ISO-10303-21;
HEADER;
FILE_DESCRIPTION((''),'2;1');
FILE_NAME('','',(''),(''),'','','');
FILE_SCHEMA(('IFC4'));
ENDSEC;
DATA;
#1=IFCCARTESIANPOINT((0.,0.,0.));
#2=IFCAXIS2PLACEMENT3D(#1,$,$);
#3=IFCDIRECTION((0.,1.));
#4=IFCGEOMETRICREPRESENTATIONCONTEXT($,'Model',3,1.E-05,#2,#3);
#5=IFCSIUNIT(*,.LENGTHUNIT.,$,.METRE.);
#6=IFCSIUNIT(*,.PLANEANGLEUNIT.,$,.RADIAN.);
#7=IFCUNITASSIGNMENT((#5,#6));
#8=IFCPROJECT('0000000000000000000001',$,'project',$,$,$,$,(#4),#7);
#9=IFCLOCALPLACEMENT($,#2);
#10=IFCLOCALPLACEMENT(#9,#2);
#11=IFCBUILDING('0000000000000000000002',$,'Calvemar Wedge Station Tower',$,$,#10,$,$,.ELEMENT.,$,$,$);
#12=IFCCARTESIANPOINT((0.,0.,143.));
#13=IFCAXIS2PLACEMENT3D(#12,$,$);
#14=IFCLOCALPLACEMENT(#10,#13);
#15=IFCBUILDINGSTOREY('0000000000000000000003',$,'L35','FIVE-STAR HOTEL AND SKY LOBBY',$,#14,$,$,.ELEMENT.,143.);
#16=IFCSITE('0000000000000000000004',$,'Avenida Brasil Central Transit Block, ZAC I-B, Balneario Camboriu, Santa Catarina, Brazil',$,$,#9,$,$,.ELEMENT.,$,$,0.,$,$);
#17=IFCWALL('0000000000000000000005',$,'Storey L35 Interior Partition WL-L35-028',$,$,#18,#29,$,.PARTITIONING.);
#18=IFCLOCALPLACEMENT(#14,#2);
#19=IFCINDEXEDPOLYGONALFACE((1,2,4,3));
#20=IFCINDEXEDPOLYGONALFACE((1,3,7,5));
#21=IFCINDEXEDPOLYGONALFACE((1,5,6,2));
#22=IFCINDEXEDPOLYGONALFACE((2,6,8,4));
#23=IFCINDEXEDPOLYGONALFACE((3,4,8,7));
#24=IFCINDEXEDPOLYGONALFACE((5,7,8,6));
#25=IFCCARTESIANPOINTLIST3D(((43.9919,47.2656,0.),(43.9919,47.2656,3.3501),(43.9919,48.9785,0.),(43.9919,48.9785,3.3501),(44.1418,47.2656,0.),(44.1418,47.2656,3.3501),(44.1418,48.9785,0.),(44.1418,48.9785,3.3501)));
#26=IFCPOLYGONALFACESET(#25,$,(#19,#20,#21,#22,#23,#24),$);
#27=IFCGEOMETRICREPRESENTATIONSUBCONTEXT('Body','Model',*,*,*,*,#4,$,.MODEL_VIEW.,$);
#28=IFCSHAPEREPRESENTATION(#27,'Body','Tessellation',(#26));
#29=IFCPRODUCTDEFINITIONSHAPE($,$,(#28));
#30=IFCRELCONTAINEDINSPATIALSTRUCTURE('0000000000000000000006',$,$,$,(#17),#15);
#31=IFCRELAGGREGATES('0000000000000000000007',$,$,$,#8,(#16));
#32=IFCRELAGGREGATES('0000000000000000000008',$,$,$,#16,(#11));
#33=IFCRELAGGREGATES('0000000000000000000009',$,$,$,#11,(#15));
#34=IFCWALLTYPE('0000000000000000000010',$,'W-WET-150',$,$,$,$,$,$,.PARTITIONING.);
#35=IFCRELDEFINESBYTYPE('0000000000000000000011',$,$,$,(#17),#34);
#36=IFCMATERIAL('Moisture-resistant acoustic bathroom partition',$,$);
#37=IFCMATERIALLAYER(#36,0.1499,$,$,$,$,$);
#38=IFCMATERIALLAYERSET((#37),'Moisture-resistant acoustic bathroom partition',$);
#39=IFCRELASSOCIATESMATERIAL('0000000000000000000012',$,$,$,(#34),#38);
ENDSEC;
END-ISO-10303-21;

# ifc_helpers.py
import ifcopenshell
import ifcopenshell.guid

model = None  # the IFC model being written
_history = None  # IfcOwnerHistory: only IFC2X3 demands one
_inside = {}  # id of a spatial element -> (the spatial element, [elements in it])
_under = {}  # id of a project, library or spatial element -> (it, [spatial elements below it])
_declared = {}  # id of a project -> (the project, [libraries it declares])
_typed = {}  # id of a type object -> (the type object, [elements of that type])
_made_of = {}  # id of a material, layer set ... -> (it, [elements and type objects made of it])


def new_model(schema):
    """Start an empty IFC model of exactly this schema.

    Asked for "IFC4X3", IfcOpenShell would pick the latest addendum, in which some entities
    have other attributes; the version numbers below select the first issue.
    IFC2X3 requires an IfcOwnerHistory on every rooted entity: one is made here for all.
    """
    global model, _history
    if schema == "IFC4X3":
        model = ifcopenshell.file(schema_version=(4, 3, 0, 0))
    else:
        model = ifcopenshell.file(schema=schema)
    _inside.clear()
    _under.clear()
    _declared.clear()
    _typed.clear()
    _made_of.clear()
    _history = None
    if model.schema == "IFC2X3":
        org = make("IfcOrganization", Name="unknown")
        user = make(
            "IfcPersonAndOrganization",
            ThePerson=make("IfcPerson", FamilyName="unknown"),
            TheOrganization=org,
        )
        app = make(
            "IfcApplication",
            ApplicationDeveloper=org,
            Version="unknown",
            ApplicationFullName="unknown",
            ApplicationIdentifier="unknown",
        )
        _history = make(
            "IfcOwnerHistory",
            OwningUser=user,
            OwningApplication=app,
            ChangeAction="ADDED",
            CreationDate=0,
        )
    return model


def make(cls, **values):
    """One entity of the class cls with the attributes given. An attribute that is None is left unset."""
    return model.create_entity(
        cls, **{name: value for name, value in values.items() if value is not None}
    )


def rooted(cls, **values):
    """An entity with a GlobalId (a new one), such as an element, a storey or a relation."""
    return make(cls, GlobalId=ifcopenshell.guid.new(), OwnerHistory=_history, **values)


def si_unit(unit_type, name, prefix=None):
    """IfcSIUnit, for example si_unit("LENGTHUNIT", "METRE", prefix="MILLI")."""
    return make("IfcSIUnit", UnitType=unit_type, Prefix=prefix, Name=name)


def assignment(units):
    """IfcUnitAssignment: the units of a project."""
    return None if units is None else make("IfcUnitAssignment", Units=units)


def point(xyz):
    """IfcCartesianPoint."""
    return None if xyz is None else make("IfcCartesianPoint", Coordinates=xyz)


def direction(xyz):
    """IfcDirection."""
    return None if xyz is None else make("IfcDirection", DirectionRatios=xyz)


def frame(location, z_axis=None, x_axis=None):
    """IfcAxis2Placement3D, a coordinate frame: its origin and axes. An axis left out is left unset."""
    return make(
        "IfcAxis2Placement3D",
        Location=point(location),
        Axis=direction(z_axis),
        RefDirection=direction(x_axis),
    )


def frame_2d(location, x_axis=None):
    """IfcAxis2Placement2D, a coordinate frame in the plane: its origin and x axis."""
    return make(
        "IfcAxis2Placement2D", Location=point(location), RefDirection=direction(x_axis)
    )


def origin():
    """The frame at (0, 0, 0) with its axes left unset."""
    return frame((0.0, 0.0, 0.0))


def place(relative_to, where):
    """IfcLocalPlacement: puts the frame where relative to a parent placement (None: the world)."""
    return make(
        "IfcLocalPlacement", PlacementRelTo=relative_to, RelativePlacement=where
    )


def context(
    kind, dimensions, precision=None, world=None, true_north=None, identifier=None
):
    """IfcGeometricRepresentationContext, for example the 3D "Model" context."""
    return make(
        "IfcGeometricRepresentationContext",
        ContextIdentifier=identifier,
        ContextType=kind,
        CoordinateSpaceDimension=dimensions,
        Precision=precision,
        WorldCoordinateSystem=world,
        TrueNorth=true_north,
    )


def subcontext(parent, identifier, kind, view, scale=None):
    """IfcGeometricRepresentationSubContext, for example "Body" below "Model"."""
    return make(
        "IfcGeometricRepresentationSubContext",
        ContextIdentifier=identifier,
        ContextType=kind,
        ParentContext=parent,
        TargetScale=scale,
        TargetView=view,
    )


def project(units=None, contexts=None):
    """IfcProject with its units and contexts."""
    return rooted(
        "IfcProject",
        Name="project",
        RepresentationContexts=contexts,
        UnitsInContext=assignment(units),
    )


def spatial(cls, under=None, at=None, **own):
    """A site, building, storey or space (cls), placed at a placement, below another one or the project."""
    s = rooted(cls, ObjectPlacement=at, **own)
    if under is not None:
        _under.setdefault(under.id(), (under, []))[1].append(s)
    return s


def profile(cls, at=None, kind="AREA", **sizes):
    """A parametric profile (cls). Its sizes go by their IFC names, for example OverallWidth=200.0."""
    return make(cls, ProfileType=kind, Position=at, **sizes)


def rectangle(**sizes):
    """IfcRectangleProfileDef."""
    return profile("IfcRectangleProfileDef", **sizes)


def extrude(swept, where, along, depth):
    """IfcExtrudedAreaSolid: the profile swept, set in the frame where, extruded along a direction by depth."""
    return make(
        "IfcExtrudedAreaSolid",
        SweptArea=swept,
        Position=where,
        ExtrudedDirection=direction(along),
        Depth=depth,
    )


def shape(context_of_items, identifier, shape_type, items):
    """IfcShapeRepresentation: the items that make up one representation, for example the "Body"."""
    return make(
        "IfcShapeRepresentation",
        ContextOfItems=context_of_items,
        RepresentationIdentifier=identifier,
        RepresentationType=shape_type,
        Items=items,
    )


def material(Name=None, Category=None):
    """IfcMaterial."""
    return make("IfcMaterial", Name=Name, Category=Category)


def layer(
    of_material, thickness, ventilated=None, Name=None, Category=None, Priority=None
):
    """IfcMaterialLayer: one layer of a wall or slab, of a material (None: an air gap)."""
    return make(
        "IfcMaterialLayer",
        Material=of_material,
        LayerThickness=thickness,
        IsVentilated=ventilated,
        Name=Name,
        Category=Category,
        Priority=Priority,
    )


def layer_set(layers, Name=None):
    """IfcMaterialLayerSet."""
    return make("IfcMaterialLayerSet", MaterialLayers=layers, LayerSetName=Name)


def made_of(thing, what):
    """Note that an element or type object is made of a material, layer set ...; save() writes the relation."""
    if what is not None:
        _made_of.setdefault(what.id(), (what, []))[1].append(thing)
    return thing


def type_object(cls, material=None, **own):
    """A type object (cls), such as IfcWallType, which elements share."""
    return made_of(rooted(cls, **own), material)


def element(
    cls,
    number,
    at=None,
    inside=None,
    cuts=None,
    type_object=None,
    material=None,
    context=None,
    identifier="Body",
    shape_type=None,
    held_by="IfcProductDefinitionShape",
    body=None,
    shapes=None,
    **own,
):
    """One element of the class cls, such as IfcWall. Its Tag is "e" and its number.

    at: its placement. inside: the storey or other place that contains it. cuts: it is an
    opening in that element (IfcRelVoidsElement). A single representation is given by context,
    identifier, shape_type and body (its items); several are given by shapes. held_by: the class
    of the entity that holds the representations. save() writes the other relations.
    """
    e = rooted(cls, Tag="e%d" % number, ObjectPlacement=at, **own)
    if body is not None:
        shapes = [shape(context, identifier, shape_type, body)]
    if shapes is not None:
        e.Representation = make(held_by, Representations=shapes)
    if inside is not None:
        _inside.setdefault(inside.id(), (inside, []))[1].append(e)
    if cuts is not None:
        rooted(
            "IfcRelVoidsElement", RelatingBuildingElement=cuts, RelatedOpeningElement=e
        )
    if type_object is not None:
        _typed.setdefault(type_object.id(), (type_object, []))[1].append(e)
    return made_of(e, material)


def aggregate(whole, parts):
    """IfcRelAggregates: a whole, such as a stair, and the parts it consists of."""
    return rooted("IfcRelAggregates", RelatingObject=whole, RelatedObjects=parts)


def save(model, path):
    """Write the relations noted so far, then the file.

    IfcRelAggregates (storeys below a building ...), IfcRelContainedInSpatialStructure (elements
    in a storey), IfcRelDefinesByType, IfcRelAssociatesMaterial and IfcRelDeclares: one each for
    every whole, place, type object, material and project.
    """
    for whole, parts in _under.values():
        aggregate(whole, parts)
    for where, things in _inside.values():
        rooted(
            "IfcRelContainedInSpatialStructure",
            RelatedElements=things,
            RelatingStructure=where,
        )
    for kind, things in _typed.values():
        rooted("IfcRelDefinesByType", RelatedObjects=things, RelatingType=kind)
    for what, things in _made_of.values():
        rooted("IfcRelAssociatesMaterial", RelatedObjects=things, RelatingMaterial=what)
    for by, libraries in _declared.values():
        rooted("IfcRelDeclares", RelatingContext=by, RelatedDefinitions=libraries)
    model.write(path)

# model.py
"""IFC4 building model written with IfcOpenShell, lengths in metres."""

from ifc_helpers import new_model, si_unit, direction, frame, frame_2d, origin, place, context, subcontext, project, spatial, rectangle, extrude, material, layer, layer_set, type_object, element, save


model = new_model("IFC4")

# Units and contexts
model_context = context("Model", 3, precision=1e-05, world=origin(), true_north=direction((0.0, 1.0)))
body_context = subcontext(model_context, "Body", "Model", "MODEL_VIEW")
ifc_project = project(units=[si_unit("LENGTHUNIT", "METRE"), si_unit("PLANEANGLEUNIT", "RADIAN")], contexts=[model_context])

# Site, building, storey
site_placement = place(None, origin())
site = spatial("IfcSite", under=ifc_project, at=site_placement, Name="Avenida Brasil Central Transit Block, ZAC I-B, Balneario Camboriu, Santa Catarina, Brazil", CompositionType="ELEMENT", RefElevation=0.0)
building_placement = place(site_placement, origin())
building = spatial("IfcBuilding", under=site, at=building_placement, Name="Calvemar Wedge Station Tower", CompositionType="ELEMENT")
storey_placement = place(building_placement, frame((0.0, 0.0, 143.0)))
storey = spatial("IfcBuildingStorey", under=building, at=storey_placement, Name="L35", Description="FIVE-STAR HOTEL AND SKY LOBBY", CompositionType="ELEMENT", Elevation=143.0)

# Shared definitions
ifc_material_1 = material(Name="Moisture-resistant acoustic bathroom partition")
ifc_layer_1 = layer(ifc_material_1, 0.1499)
ifc_layer_set_1 = layer_set([ifc_layer_1], Name="Moisture-resistant acoustic bathroom partition")
wall_type_1 = type_object("IfcWallType", Name="W-WET-150", PredefinedType="PARTITIONING", material=ifc_layer_set_1)

# Wall
wall_1_placement = place(storey_placement, frame((44.0669, 48.9785, 0.0), z_axis=(0.0, 0.0, 1.0), x_axis=(0.0, -1.0, 0.0)))
element("IfcWall", 1, at=wall_1_placement, inside=storey, type_object=wall_type_1, Name="Storey L35 Interior Partition WL-L35-028", PredefinedType="PARTITIONING", context=body_context, shape_type="SweptSolid", body=[
    extrude(rectangle(XDim=1.7129, YDim=0.1499, at=frame_2d((0.8564, 0.0))), origin(), (0.0, 0.0, 1.0), 3.3501),
])

save(model, "model.ifc")
